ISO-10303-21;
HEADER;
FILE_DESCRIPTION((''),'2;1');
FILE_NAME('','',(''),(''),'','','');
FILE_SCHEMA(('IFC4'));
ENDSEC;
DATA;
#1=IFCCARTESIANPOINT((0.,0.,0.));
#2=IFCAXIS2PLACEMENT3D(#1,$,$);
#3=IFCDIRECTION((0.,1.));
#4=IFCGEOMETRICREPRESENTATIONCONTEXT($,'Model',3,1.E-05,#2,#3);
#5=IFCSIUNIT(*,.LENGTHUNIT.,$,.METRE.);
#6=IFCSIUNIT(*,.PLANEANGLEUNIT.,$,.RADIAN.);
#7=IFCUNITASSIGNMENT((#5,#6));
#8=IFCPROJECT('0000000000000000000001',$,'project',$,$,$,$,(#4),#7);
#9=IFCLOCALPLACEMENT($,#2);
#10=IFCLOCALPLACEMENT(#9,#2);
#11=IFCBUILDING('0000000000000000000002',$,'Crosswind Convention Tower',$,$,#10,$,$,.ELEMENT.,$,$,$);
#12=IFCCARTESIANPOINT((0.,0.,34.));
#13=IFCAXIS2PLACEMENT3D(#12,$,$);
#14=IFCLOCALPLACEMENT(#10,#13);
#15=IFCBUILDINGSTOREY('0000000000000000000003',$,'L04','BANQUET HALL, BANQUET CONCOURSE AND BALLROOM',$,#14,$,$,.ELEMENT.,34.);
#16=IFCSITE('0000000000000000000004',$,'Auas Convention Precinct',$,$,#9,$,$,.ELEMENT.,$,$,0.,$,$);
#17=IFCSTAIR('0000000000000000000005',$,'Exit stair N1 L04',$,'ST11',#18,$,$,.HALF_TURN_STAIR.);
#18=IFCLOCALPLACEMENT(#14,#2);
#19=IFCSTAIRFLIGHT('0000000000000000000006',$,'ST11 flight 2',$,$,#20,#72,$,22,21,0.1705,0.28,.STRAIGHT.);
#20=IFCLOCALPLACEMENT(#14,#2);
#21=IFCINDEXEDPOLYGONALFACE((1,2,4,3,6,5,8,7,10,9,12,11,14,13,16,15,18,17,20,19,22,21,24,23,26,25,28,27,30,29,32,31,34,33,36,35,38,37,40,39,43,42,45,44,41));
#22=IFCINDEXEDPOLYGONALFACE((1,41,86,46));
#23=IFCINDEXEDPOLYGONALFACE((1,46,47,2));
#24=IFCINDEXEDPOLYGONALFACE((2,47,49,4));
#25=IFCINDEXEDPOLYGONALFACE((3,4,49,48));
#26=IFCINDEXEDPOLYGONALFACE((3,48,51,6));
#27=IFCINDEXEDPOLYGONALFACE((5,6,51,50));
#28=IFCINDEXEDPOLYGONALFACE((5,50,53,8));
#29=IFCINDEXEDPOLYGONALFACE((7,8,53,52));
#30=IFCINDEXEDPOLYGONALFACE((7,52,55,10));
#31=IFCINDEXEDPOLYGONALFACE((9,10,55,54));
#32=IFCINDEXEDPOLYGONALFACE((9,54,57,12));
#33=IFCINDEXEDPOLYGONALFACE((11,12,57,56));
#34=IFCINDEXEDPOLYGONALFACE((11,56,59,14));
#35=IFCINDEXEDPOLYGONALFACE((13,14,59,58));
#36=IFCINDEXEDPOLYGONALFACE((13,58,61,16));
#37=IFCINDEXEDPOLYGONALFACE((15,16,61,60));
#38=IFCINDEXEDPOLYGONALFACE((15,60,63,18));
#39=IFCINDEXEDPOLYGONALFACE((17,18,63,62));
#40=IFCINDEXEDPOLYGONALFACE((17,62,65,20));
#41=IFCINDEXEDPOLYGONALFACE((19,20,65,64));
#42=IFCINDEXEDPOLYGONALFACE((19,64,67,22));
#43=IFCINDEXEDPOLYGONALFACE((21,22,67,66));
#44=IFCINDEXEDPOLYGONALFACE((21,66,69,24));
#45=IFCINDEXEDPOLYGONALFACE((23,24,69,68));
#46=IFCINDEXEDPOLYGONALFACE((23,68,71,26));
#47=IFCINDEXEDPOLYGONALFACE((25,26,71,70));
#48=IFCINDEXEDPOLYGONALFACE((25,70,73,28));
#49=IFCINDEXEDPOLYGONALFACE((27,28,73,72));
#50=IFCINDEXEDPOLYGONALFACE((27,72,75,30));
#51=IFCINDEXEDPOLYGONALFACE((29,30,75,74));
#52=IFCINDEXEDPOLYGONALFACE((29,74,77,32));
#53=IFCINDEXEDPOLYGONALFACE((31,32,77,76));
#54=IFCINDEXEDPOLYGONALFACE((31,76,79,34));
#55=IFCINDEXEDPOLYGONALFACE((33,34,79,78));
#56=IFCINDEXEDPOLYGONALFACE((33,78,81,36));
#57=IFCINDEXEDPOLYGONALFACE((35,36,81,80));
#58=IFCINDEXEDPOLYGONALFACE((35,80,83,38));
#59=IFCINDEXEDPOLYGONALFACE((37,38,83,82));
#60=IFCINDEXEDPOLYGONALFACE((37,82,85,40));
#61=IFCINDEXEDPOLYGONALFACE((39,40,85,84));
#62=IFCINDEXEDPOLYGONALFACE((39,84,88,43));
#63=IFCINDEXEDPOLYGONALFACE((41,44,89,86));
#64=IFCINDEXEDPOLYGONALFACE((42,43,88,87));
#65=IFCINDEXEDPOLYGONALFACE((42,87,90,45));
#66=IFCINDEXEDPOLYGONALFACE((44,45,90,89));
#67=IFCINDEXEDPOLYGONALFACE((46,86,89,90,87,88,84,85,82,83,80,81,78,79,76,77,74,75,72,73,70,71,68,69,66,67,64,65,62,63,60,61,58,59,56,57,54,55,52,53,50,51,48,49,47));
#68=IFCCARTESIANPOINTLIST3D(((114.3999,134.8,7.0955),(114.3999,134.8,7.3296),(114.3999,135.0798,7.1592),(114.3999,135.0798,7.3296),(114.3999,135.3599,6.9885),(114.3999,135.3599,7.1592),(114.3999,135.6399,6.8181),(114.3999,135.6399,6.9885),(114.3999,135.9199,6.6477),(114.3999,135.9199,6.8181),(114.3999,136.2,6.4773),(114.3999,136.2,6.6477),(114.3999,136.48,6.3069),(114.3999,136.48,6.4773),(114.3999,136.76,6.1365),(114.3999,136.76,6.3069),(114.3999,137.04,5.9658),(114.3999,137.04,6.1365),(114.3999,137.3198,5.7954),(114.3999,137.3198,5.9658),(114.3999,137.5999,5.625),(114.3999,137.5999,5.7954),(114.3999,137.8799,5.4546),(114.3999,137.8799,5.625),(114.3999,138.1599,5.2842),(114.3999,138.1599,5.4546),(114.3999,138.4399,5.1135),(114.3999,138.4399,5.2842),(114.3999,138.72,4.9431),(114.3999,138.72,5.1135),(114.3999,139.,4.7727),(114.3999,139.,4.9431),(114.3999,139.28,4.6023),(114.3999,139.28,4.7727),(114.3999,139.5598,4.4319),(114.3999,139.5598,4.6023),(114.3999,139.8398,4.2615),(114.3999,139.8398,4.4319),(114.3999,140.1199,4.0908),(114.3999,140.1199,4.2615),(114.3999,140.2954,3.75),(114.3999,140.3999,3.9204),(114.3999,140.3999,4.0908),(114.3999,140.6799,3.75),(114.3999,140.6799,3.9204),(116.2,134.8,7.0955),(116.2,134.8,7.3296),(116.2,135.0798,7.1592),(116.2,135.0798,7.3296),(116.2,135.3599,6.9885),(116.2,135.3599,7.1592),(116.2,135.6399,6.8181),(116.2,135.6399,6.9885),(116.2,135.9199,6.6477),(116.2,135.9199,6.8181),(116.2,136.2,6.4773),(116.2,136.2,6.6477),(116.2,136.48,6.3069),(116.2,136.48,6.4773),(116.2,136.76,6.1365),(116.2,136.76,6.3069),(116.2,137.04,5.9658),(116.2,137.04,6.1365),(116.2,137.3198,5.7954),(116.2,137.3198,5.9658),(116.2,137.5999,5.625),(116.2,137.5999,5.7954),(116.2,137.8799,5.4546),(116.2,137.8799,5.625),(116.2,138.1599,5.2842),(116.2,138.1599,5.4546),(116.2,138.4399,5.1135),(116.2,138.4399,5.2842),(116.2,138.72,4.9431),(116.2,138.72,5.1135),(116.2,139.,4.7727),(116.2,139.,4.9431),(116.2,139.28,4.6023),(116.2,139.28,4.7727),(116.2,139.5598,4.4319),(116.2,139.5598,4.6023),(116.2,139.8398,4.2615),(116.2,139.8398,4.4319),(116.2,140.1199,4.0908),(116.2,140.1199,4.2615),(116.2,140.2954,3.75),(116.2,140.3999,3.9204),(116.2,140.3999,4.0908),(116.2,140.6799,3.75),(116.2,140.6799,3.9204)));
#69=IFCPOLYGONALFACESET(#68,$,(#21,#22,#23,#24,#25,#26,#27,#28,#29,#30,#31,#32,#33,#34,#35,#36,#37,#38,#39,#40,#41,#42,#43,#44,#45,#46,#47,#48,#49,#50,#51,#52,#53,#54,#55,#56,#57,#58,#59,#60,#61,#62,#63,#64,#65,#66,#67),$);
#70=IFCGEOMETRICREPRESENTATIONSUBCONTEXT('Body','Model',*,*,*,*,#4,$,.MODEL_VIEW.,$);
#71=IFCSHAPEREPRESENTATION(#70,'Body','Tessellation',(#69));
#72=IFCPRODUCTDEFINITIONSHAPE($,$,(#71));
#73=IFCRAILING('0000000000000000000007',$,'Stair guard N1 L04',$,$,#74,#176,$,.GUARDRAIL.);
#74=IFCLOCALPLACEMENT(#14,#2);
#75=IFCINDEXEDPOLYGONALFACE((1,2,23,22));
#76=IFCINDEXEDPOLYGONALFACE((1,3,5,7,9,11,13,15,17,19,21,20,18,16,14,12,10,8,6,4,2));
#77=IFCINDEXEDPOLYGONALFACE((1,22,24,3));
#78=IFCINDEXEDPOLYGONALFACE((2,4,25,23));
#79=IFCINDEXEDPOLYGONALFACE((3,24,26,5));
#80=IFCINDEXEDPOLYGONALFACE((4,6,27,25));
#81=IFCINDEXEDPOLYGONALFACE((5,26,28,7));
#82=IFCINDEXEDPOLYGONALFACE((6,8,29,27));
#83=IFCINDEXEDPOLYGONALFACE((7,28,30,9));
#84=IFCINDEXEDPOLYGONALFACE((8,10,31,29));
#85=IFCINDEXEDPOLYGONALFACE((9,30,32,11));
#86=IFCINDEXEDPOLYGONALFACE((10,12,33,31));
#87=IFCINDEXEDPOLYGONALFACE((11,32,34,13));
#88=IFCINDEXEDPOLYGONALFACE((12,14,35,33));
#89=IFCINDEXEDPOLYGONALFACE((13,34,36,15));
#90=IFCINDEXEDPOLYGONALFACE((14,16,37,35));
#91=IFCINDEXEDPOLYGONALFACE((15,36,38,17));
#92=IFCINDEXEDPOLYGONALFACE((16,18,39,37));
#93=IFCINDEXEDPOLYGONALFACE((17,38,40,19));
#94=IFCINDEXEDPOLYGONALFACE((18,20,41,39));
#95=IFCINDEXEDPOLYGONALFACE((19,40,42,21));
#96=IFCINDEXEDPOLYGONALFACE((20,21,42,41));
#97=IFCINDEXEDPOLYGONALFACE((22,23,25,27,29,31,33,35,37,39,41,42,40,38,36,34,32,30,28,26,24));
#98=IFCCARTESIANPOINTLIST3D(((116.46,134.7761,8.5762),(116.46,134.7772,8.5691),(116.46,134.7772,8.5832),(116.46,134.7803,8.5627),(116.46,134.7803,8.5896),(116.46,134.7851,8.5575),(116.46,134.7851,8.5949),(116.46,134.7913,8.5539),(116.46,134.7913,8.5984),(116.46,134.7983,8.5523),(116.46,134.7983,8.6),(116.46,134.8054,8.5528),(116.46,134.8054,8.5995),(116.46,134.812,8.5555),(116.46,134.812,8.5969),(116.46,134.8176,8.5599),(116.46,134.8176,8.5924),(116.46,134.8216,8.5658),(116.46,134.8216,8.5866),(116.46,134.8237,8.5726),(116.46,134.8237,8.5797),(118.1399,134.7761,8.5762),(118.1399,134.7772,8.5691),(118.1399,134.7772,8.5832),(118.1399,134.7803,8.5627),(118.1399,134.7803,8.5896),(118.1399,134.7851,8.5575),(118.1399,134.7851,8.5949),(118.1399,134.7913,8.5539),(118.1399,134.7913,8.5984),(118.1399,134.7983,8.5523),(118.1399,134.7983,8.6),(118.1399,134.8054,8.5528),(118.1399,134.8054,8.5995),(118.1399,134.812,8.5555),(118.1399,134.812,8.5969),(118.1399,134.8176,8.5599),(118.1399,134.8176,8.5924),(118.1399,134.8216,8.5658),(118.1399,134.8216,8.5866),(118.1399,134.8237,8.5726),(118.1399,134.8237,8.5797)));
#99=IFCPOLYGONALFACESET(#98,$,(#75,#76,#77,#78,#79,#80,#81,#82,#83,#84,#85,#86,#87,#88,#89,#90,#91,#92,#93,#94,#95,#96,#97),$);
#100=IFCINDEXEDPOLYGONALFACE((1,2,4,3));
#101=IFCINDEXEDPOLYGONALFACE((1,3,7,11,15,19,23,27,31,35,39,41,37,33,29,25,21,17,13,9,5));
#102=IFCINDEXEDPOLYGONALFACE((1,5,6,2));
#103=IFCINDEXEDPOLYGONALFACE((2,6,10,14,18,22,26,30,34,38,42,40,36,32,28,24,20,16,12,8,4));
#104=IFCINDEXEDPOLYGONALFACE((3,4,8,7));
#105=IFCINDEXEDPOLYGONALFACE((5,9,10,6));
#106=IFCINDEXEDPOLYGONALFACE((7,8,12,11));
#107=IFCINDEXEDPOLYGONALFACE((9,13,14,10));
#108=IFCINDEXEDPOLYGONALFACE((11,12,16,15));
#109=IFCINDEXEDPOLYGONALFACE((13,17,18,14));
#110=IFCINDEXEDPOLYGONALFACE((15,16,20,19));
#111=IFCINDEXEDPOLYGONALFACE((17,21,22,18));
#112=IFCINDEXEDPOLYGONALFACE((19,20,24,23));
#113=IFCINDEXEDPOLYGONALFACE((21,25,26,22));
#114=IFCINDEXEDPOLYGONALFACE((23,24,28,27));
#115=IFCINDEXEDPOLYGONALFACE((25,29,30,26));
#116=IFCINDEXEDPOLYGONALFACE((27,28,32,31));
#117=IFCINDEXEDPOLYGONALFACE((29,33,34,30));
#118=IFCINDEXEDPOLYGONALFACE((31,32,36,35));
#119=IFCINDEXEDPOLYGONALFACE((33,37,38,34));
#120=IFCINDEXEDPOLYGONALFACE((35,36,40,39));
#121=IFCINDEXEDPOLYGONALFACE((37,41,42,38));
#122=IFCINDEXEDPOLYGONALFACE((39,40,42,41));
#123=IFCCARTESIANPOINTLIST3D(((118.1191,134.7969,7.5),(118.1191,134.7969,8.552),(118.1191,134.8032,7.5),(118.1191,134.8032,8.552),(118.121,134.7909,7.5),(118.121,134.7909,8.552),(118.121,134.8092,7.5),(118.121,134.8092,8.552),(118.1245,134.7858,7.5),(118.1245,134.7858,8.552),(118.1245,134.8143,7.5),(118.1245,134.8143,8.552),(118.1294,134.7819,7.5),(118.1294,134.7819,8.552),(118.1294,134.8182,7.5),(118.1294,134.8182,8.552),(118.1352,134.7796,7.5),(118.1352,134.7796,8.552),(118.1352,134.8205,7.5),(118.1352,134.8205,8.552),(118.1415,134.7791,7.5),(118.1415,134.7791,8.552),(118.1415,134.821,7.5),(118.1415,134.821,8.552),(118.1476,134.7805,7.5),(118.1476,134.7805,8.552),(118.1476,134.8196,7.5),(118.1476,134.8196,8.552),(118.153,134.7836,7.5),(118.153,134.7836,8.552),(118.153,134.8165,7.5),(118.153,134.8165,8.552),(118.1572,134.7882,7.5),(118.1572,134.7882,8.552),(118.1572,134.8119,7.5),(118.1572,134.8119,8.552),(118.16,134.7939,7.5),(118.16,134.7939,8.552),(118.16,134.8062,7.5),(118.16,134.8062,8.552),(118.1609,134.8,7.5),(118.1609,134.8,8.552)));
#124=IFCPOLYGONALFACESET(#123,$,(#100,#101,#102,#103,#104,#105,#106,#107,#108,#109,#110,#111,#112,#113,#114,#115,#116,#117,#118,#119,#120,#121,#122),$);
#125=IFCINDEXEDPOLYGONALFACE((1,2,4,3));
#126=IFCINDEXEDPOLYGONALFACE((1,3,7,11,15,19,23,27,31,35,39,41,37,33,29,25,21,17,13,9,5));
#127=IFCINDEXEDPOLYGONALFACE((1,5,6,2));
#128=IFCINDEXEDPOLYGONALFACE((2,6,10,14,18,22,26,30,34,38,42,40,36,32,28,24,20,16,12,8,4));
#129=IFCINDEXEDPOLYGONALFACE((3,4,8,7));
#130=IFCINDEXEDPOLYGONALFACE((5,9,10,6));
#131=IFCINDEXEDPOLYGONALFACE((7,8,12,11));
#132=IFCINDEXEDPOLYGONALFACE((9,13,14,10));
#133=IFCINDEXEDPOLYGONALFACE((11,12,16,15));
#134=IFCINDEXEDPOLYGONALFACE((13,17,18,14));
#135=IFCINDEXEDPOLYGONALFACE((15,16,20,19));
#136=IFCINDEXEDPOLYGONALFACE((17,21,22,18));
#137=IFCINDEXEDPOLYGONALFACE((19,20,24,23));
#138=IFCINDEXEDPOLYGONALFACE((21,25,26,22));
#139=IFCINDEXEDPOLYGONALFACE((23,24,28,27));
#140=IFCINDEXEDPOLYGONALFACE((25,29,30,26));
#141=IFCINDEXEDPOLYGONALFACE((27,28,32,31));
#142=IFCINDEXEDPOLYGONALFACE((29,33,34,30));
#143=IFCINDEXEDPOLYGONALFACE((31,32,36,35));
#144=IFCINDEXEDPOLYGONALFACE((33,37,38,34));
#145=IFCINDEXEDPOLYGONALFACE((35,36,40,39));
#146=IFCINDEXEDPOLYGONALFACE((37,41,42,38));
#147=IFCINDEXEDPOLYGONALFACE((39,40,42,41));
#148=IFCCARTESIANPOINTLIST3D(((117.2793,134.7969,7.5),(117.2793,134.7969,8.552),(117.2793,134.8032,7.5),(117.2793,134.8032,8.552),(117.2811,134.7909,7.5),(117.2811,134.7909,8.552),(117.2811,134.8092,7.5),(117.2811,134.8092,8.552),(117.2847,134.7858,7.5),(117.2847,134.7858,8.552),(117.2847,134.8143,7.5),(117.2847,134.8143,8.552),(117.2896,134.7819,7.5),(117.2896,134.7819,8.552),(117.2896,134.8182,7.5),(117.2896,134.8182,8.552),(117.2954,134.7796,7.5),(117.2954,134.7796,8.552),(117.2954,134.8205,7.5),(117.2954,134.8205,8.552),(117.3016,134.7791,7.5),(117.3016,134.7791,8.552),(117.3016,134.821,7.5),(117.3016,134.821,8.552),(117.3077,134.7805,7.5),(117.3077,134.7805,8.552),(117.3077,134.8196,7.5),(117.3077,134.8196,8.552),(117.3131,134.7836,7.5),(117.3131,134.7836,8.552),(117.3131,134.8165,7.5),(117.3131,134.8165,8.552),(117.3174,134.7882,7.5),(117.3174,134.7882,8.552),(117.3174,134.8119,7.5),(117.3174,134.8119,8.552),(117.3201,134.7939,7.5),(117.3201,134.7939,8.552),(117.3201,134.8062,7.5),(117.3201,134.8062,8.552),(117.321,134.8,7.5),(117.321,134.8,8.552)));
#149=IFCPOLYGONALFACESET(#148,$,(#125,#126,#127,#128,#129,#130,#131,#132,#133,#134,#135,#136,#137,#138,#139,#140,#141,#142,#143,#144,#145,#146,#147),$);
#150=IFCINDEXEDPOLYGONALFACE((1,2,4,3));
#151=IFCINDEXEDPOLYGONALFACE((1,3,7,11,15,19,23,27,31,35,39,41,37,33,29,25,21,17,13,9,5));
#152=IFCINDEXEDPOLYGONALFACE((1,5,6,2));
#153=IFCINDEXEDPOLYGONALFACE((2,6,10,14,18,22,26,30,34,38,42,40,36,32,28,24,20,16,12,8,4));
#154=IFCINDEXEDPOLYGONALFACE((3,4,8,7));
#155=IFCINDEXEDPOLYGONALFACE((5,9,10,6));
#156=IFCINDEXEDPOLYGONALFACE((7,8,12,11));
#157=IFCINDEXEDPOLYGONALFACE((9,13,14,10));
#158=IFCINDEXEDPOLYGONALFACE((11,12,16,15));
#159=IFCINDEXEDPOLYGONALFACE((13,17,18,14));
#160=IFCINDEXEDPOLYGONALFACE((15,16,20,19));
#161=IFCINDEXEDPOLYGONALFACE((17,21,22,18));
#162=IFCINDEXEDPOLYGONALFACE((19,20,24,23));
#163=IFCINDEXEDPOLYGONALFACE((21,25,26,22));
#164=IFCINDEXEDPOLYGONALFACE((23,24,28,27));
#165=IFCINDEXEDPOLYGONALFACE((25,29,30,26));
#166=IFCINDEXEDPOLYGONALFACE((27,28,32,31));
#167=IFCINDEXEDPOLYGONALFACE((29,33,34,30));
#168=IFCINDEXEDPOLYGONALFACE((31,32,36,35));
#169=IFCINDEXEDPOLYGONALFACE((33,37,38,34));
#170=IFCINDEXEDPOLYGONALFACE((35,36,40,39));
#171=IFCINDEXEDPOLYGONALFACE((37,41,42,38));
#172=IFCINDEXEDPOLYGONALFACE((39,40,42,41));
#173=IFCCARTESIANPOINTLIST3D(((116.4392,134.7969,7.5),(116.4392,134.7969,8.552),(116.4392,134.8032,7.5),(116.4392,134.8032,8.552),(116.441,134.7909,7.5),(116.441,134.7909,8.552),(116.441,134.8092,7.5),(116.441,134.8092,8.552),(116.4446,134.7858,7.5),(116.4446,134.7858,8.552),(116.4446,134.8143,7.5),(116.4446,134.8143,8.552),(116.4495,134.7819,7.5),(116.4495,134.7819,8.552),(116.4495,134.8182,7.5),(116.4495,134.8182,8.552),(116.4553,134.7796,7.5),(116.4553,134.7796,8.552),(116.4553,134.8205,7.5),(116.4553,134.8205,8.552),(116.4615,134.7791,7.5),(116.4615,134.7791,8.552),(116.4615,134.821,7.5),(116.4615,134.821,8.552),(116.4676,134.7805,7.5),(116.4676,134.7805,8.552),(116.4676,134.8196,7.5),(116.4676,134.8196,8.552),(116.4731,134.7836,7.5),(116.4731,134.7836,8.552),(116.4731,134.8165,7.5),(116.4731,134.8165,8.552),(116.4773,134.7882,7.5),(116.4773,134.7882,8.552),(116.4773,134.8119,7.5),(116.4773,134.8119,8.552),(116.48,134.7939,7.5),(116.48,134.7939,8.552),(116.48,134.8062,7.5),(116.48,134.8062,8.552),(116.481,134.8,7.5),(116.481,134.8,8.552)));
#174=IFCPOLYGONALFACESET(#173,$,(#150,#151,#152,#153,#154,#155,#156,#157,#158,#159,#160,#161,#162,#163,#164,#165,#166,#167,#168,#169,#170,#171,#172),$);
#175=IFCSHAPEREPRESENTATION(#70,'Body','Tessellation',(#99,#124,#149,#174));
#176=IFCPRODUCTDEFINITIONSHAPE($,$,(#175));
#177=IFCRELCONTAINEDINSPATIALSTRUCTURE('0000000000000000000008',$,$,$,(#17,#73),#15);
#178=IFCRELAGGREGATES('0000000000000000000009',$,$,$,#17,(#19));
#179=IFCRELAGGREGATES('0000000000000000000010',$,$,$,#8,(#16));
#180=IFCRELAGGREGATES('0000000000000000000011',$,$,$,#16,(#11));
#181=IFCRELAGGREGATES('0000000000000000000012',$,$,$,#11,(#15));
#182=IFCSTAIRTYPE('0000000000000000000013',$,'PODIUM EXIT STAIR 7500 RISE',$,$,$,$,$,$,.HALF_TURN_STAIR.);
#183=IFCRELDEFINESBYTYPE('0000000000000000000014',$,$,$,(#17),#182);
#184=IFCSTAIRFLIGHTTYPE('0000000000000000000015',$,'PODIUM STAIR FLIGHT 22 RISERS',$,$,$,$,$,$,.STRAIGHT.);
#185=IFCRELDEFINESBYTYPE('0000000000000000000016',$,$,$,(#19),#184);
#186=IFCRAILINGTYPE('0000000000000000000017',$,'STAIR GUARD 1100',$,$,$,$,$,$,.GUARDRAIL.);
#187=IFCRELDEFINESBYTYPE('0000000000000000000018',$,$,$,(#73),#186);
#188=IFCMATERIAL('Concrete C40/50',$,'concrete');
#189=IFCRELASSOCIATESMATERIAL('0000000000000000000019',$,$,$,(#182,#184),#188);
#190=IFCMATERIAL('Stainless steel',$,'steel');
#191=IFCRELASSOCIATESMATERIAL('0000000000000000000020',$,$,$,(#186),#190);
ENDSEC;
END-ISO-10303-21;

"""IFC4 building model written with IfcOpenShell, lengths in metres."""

from ifc_helpers import new_model, si_unit, direction, frame, origin, origin_2d, place, context, subcontext, project, spatial, polyline, circle, outline, extrude, material, type_object, element, aggregate, save


model = new_model("IFC4")

# Units and contexts
model_context = context("Model", 3, precision=1e-05, world=origin(), true_north=direction((0.0, 1.0)))
body_context = subcontext(model_context, "Body", "Model", "MODEL_VIEW")
ifc_project = project(units=[si_unit("LENGTHUNIT", "METRE"), si_unit("PLANEANGLEUNIT", "RADIAN")], contexts=[model_context])

# Site, building, storey
site_placement = place(None, origin())
site = spatial("IfcSite", under=ifc_project, at=site_placement, Name="Auas Convention Precinct", CompositionType="ELEMENT", RefElevation=0.0)
building_placement = place(site_placement, origin())
building = spatial("IfcBuilding", under=site, at=building_placement, Name="Crosswind Convention Tower", CompositionType="ELEMENT")
storey_placement = place(building_placement, frame((0.0, 0.0, 34.0)))
storey = spatial("IfcBuildingStorey", under=building, at=storey_placement, Name="L04", Description="BANQUET HALL, BANQUET CONCOURSE AND BALLROOM", CompositionType="ELEMENT", Elevation=34.0)

# Shared definitions
ifc_material_1 = material(Name="Concrete C40/50", Category="concrete")

# Stair, stair flight
stair_type = type_object("IfcStairType", Name="PODIUM EXIT STAIR 7500 RISE", PredefinedType="HALF_TURN_STAIR", material=ifc_material_1)
stair_placement = place(storey_placement, origin())
stair = element("IfcStair", 1, at=stair_placement, inside=storey, type_object=stair_type, Name="Exit stair N1 L04", ObjectType="ST11", PredefinedType="HALF_TURN_STAIR")
stair_flight_type = type_object("IfcStairFlightType", Name="PODIUM STAIR FLIGHT 22 RISERS", PredefinedType="STRAIGHT", material=ifc_material_1)
stair_flight_placement = place(storey_placement, frame((115.3, 140.6799, 3.75), z_axis=(0.0, 0.0, 1.0), x_axis=(0.0, -1.0, 0.0)))
stair_flight = element("IfcStairFlight", 2, at=stair_flight_placement, type_object=stair_flight_type, Name="ST11 flight 2", NumberOfRisers=22, NumberOfTreads=21, PredefinedType="STRAIGHT", RiserHeight=0.1705, TreadLength=0.28, context=body_context, shape_type="SweptSolid", body=[
    extrude(outline(polyline([(0.0, 0.0), (0.0, 0.1704), (0.28, 0.1704), (0.28, 0.3408), (0.5601, 0.3408), (0.5601, 0.5115), (0.8401, 0.5115), (0.8401, 0.6819), (1.1201, 0.6819), (1.1201, 0.8523), (1.3999, 0.8523), (1.3999, 1.0227), (1.6799, 1.0227), (1.6799, 1.1931), (1.96, 1.1931), (1.96, 1.3635), (2.24, 1.3635), (2.24, 1.5342), (2.52, 1.5342), (2.52, 1.7046), (2.8, 1.7046), (2.8, 1.875), (3.0801, 1.875), (3.0801, 2.0454), (3.3601, 2.0454), (3.3601, 2.2158), (3.6399, 2.2158), (3.6399, 2.3865), (3.9199, 2.3865), (3.9199, 2.5569), (4.2, 2.5569), (4.2, 2.7273), (4.48, 2.7273), (4.48, 2.8977), (4.76, 2.8977), (4.76, 3.0681), (5.04, 3.0681), (5.04, 3.2385), (5.3201, 3.2385), (5.3201, 3.4092), (5.6001, 3.4092), (5.6001, 3.5796), (5.8799, 3.5796), (5.8799, 3.75), (5.8799, 3.3455), (0.3845, 0.0), (0.0, 0.0)])), frame((0.0, 0.8999, 0.0), z_axis=(0.0, -1.0, 0.0), x_axis=(1.0, 0.0, 0.0)), (0.0, 0.0, 1.0), 1.8),
])
aggregate(stair, [stair_flight])

# Railing
ifc_material_2 = material(Name="Stainless steel", Category="steel")
railing_type_1 = type_object("IfcRailingType", Name="STAIR GUARD 1100", PredefinedType="GUARDRAIL", material=ifc_material_2)
railing_1_placement = place(storey_placement, frame((118.1399, 134.8, 7.5)))
element("IfcRailing", 3, at=railing_1_placement, inside=storey, type_object=railing_type_1, Name="Stair guard N1 L04", PredefinedType="GUARDRAIL", context=body_context, shape_type="SweptSolid", body=[
    extrude(circle(Radius=0.0239, at=origin_2d()), frame((0.0, 0.0, 1.0762), z_axis=(-1.0, 0.0, 0.0), x_axis=(0.0, -1.0, 0.0)), (0.0, 0.0, 1.0), 1.6799),
    extrude(circle(Radius=0.021, at=origin_2d()), origin(), (0.0, 0.0, 1.0), 1.052),
    extrude(circle(Radius=0.021, at=origin_2d()), frame((-0.8398, 0.0, 0.0)), (0.0, 0.0, 1.0), 1.052),
    extrude(circle(Radius=0.021, at=origin_2d()), frame((-1.6799, 0.0, 0.0)), (0.0, 0.0, 1.0), 1.052),
])

save(model, "model.ifc")
